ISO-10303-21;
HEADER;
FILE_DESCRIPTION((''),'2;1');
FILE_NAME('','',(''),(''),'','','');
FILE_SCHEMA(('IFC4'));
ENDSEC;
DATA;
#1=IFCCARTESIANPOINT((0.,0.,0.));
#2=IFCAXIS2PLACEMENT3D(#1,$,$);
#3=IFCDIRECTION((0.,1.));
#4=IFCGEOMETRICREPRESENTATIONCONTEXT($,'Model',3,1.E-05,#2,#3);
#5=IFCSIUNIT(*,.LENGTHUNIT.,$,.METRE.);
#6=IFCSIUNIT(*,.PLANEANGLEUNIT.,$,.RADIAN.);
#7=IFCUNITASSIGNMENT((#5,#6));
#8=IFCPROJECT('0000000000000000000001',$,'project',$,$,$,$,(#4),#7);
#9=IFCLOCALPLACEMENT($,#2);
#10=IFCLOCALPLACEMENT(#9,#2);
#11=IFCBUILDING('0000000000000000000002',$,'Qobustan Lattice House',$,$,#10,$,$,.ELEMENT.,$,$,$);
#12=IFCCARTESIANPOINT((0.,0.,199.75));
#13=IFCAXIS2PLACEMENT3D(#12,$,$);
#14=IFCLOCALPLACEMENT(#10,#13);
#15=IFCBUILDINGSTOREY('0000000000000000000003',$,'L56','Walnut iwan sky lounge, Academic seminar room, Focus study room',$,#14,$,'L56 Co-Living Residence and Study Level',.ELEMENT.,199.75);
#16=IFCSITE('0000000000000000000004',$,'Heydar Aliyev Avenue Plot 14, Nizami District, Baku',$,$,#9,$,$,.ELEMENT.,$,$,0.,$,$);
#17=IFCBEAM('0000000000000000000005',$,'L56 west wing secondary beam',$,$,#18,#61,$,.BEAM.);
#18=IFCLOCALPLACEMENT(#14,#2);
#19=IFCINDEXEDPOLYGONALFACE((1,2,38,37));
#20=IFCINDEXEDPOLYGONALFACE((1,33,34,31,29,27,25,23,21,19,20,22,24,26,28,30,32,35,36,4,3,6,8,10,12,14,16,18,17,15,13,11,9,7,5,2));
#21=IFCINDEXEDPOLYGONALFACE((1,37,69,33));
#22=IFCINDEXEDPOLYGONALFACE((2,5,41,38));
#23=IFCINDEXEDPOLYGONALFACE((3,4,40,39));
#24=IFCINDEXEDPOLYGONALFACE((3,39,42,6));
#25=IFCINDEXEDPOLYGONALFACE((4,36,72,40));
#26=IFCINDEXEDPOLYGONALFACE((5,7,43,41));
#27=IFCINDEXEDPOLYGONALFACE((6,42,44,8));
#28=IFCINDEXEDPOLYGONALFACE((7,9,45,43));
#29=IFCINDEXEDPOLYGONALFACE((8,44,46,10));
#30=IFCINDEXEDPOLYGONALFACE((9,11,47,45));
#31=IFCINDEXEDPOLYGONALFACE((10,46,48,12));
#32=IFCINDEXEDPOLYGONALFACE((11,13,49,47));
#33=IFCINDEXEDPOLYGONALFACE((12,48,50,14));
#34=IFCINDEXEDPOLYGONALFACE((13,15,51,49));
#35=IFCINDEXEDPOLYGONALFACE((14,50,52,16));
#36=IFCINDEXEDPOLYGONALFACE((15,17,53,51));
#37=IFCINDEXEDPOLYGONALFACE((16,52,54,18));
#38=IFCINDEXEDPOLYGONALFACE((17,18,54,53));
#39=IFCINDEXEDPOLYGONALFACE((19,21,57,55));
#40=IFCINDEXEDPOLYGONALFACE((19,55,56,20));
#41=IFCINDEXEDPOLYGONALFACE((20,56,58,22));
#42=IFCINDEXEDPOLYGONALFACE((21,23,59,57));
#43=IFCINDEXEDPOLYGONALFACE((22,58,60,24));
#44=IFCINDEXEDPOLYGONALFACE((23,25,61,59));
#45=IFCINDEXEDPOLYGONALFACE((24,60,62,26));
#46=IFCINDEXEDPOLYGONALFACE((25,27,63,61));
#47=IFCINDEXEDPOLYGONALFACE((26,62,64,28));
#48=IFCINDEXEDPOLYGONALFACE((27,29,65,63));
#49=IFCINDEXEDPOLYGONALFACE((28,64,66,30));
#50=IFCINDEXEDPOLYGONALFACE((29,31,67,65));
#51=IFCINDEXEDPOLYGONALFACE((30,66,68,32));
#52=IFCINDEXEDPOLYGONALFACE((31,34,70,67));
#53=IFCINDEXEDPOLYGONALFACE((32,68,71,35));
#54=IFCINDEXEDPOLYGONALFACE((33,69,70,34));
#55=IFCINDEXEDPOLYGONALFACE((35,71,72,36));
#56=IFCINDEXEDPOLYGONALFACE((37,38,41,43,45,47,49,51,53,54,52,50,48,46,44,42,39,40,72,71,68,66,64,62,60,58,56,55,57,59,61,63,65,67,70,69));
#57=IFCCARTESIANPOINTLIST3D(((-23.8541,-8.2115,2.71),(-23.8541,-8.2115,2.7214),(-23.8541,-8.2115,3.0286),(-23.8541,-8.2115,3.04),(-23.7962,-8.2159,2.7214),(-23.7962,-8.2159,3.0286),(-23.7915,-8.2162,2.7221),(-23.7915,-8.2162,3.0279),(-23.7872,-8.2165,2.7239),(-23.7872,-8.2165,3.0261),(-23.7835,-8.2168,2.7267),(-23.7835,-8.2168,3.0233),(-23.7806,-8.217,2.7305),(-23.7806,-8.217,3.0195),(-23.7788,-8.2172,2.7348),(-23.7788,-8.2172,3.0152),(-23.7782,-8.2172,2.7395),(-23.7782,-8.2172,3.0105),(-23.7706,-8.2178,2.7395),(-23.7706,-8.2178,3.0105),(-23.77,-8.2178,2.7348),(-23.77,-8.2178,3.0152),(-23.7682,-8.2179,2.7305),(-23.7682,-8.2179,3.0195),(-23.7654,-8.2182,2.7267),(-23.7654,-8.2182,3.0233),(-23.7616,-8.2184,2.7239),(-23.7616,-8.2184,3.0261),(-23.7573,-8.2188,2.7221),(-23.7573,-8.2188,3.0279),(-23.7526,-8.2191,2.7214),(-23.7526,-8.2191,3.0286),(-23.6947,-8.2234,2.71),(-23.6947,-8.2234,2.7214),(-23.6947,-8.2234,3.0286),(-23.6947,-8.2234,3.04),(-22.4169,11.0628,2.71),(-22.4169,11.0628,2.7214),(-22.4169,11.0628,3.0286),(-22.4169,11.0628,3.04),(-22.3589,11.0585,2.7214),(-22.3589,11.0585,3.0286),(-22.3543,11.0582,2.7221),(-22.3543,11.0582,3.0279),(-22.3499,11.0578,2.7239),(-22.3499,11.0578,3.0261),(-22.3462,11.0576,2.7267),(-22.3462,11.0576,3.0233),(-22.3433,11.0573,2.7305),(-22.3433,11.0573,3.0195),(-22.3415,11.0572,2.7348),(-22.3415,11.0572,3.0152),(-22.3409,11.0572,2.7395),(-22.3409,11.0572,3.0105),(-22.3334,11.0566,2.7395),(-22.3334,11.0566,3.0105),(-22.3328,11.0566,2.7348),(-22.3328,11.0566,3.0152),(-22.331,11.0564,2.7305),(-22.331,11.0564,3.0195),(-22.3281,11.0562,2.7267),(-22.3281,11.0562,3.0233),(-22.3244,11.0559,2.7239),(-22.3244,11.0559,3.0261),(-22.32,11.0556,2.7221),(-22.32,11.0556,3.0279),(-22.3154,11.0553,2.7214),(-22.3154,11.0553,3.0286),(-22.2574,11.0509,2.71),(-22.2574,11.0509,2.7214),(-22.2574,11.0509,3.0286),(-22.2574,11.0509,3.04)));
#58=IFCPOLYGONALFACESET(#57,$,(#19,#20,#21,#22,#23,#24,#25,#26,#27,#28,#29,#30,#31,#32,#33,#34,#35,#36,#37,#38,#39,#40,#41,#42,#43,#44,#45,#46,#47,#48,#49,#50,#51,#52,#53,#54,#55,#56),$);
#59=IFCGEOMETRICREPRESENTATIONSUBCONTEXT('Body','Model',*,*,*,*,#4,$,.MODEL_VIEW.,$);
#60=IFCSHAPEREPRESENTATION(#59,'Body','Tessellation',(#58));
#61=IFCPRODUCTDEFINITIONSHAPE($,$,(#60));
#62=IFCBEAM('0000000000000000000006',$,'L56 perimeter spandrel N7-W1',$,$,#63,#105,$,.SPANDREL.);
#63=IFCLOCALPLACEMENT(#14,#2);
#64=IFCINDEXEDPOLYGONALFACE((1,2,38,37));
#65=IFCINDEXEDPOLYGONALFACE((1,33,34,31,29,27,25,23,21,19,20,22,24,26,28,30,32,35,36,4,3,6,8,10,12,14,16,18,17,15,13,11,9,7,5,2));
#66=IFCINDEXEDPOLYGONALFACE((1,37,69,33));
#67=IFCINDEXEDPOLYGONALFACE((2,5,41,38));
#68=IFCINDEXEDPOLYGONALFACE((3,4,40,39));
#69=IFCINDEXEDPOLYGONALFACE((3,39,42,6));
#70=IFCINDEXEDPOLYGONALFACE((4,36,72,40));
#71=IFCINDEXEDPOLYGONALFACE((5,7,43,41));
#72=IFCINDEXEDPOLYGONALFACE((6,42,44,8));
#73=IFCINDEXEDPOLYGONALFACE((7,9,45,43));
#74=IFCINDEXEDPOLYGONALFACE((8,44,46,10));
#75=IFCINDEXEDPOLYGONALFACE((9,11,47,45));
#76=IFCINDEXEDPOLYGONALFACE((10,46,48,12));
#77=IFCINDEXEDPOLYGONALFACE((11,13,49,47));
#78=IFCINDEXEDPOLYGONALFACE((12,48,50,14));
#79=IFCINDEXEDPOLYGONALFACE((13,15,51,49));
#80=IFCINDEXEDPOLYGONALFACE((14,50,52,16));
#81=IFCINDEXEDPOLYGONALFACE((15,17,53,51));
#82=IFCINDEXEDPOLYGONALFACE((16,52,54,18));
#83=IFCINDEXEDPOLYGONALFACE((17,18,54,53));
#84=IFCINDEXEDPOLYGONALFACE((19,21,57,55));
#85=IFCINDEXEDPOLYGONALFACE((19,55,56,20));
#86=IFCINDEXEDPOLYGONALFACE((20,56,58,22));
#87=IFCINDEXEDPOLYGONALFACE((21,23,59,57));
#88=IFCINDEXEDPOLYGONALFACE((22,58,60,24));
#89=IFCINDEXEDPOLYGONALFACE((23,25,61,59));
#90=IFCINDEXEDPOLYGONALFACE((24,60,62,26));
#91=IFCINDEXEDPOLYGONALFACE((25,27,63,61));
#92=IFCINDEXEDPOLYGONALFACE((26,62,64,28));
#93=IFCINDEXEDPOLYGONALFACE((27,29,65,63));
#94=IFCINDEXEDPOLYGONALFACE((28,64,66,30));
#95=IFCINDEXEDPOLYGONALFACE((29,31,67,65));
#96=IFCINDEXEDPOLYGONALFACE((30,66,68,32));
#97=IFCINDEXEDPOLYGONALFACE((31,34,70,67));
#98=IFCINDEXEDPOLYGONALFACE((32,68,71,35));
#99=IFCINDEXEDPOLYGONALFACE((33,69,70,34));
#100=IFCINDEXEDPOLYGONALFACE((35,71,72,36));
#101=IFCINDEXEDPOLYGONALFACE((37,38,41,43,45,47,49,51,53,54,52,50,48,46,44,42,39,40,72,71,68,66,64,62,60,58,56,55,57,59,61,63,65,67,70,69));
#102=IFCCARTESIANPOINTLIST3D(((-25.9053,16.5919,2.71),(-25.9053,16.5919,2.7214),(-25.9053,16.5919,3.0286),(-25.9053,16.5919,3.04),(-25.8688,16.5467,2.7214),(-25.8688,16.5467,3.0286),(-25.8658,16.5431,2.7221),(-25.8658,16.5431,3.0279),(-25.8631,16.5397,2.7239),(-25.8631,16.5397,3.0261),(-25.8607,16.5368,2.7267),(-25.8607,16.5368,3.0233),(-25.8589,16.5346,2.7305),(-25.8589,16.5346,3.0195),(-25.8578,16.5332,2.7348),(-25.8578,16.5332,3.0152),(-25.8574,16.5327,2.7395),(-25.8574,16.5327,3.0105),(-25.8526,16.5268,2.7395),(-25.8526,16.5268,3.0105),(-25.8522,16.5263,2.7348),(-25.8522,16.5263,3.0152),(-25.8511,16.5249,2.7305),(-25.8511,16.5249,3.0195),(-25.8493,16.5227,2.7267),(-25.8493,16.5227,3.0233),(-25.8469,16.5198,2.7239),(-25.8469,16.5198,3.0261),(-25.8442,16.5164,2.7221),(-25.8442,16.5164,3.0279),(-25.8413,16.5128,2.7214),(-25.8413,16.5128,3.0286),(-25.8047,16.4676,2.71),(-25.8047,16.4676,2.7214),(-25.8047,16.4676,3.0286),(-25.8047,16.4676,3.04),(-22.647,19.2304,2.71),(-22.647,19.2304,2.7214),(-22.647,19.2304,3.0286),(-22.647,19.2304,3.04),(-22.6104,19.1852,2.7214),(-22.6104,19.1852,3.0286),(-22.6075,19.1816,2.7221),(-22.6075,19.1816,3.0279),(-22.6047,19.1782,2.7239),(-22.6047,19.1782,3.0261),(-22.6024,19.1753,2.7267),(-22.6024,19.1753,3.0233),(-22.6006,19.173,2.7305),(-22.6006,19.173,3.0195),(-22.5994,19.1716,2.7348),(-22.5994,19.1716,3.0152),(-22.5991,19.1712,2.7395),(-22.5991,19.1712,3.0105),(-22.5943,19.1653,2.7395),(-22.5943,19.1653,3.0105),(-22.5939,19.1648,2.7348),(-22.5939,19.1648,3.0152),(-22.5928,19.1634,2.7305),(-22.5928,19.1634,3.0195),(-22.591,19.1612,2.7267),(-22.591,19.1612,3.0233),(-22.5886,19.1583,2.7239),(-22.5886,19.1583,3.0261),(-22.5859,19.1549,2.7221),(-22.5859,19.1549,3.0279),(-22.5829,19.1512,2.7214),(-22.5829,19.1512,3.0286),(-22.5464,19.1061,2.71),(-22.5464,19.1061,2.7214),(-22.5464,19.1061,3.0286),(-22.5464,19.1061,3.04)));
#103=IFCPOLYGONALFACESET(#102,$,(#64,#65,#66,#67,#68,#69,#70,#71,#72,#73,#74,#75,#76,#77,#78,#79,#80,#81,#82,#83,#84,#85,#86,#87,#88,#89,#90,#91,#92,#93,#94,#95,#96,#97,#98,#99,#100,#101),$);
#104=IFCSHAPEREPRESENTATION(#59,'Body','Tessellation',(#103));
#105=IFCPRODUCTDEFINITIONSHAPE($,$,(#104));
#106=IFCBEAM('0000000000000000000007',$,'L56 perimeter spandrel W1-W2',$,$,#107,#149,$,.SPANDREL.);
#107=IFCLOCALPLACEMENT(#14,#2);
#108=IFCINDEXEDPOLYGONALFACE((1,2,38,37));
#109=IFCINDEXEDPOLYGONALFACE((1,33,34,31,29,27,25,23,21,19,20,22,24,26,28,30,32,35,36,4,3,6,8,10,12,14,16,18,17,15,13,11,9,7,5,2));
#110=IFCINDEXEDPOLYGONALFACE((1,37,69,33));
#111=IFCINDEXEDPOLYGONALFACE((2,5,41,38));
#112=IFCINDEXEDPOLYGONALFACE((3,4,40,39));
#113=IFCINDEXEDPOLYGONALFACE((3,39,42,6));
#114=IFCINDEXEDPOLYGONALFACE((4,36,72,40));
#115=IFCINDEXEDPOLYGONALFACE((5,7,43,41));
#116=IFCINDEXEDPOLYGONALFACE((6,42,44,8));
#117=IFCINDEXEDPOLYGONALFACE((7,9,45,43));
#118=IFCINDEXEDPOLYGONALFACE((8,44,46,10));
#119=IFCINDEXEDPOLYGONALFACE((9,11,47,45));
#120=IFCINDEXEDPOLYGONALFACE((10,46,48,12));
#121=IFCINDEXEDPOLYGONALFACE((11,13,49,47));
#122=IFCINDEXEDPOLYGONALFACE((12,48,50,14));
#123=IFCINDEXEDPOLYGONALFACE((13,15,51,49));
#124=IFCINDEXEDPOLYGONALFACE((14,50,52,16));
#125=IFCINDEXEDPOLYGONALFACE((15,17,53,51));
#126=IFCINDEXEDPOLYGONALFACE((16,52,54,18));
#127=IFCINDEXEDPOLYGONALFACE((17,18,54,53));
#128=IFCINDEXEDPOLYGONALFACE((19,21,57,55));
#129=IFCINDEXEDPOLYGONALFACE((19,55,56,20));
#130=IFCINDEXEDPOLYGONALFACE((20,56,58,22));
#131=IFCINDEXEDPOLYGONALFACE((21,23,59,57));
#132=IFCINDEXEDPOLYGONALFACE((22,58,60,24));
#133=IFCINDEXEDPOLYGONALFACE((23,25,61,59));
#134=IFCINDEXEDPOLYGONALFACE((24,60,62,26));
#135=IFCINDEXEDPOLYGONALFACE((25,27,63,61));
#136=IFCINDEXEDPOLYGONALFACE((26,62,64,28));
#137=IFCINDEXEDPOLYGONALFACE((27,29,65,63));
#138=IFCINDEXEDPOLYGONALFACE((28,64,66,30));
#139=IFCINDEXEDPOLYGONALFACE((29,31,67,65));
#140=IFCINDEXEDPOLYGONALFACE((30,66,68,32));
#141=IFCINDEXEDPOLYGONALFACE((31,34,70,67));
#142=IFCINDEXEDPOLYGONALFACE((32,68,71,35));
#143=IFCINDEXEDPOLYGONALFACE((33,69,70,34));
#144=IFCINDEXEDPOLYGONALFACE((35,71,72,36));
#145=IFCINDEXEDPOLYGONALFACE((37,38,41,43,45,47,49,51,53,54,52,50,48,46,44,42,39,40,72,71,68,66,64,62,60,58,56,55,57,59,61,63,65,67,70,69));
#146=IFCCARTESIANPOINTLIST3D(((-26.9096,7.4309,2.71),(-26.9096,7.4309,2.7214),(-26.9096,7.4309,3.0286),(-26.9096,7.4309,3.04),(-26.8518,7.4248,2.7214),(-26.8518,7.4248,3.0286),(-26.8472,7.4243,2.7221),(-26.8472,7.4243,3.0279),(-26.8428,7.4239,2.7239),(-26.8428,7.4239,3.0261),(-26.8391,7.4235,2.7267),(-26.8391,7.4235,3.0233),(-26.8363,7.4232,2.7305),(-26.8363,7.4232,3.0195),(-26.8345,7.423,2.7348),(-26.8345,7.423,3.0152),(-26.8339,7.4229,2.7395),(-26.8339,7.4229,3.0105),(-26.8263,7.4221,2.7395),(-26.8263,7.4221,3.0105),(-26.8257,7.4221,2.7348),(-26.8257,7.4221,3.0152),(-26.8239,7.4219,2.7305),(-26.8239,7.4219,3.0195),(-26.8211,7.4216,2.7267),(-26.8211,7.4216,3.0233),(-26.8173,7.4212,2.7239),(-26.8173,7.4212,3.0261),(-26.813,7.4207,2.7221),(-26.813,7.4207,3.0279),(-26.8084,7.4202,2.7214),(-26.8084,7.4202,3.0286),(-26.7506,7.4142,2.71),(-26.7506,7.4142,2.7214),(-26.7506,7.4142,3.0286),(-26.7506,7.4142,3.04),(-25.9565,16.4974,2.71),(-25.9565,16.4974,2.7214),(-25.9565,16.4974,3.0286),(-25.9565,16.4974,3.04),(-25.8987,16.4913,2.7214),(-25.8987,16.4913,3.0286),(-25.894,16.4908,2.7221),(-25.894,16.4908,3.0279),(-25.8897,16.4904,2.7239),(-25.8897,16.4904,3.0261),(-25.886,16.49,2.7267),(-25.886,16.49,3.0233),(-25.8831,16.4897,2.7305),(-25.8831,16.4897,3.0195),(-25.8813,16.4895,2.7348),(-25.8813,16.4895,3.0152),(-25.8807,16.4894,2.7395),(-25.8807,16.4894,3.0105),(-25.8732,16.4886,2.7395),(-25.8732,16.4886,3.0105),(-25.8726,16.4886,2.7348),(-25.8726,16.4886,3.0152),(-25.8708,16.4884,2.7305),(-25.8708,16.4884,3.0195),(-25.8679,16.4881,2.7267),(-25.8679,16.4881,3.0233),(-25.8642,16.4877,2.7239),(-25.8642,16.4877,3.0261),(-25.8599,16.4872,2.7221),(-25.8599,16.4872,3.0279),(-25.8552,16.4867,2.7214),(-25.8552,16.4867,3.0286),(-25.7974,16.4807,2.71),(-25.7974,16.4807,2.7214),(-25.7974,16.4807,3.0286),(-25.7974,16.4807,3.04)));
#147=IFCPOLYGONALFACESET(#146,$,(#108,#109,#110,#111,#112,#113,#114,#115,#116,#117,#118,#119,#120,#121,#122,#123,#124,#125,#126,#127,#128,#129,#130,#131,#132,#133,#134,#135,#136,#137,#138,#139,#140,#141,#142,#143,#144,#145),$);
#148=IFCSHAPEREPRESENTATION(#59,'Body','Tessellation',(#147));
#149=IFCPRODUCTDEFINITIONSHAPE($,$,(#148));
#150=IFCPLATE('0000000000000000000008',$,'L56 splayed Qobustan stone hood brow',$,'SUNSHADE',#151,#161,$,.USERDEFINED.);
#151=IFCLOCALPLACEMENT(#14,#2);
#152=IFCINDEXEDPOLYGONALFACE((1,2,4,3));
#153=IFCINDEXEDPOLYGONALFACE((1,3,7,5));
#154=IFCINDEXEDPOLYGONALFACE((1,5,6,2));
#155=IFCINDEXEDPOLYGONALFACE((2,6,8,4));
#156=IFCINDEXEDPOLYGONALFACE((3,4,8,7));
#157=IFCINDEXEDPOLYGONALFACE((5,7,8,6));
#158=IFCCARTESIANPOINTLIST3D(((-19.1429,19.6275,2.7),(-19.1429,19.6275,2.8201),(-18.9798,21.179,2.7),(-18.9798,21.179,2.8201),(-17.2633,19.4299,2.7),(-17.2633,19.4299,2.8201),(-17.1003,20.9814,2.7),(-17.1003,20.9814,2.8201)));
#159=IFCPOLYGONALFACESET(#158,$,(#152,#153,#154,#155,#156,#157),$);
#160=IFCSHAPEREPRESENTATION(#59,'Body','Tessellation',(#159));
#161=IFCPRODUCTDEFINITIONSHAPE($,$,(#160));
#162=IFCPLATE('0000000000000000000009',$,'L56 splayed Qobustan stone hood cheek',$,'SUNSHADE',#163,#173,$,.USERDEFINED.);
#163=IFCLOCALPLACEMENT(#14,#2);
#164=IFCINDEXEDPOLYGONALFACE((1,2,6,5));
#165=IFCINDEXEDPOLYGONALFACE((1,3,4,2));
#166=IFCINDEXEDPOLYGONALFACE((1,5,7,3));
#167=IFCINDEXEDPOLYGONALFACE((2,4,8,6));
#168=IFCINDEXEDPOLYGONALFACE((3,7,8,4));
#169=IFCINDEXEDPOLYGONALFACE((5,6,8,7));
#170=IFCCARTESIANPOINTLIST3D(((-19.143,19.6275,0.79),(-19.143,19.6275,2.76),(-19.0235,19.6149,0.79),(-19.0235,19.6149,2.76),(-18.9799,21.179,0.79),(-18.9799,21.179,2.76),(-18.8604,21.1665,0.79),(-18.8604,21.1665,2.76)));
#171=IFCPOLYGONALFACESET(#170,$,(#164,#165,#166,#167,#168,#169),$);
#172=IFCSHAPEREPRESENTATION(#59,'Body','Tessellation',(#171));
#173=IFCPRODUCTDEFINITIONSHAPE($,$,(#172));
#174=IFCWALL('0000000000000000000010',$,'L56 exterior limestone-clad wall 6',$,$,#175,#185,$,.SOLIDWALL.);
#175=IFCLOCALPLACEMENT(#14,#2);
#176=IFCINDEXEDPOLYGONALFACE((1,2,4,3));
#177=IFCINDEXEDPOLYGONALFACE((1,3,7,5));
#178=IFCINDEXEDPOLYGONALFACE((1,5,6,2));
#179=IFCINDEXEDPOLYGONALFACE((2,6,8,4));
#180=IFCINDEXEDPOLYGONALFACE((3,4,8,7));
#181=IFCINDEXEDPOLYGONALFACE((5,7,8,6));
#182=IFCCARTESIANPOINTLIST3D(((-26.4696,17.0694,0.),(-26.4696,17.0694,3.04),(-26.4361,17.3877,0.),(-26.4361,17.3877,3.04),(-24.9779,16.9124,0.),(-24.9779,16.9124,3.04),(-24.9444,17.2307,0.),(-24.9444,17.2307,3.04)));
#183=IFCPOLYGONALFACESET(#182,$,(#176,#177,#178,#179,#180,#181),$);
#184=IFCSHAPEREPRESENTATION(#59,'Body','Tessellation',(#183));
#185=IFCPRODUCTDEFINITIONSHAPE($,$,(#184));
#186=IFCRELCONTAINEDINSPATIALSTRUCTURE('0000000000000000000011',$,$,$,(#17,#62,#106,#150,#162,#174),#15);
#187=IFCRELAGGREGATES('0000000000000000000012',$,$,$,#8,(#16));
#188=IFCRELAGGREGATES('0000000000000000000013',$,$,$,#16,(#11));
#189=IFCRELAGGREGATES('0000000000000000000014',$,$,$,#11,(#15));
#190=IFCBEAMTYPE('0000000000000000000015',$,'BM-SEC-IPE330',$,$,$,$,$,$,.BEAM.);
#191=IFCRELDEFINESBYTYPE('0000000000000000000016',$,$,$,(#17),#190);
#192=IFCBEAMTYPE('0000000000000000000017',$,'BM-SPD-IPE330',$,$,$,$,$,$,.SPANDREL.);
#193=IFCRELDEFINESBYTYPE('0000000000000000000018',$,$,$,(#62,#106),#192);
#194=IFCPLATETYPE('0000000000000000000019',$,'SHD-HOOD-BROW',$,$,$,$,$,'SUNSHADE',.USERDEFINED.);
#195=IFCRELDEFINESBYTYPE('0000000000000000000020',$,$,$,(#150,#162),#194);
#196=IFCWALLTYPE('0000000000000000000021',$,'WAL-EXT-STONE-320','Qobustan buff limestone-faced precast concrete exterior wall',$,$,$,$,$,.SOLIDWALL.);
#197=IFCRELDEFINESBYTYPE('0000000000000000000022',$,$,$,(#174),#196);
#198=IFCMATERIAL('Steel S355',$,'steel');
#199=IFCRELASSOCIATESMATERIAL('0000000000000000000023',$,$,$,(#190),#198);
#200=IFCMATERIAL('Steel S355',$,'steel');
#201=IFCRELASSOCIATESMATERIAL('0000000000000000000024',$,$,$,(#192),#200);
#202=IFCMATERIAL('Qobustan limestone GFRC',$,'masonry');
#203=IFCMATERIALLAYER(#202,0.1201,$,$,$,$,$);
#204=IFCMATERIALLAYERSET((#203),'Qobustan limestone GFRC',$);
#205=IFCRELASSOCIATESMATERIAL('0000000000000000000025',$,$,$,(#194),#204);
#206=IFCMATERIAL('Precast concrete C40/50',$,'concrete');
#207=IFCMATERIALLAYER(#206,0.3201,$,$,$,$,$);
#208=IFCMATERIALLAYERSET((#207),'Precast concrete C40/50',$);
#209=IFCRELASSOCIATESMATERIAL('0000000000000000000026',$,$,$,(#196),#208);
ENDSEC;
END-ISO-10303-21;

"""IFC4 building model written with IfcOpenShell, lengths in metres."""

from ifc_helpers import new_model, si_unit, direction, frame, frame_2d, origin, origin_2d, place, context, subcontext, project, spatial, rectangle, i_section, extrude, material, layer, layer_set, material_profile, profile_set, type_object, element, save


model = new_model("IFC4")

# Units and contexts
model_context = context("Model", 3, precision=1e-05, world=origin(), true_north=direction((0.0, 1.0)))
body_context = subcontext(model_context, "Body", "Model", "MODEL_VIEW")
ifc_project = project(units=[si_unit("LENGTHUNIT", "METRE"), si_unit("PLANEANGLEUNIT", "RADIAN")], contexts=[model_context])

# Site, building, storey
site_placement = place(None, origin())
site = spatial("IfcSite", under=ifc_project, at=site_placement, Name="Heydar Aliyev Avenue Plot 14, Nizami District, Baku", CompositionType="ELEMENT", RefElevation=0.0)
building_placement = place(site_placement, origin())
building = spatial("IfcBuilding", under=site, at=building_placement, Name="Qobustan Lattice House", CompositionType="ELEMENT")
storey_placement = place(building_placement, frame((0.0, 0.0, 199.75)))
storey = spatial("IfcBuildingStorey", under=building, at=storey_placement, Name="L56", Description="Walnut iwan sky lounge, Academic seminar room, Focus study room", LongName="L56 Co-Living Residence and Study Level", CompositionType="ELEMENT", Elevation=199.75)

# Beams
ifc_material_1 = material(Name="Steel S355", Category="steel")
ifc_material_profile_1 = material_profile(ifc_material_1, i_section(OverallWidth=0.1599, OverallDepth=0.3301, WebThickness=0.0076, FlangeThickness=0.0115, FilletRadius=0.0181, at=origin_2d()), Name="IPE330")
ifc_profile_set_1 = profile_set([ifc_material_profile_1], Name="Steel S355")
beam_type_1 = type_object("IfcBeamType", Name="BM-SEC-IPE330", PredefinedType="BEAM", material=ifc_profile_set_1)
beam_1_placement = place(storey_placement, frame((-22.3372, 11.0569, 2.875), z_axis=(-0.074362, -0.997231, 0.0), x_axis=(0.997231, -0.074362, 0.0)))
element("IfcBeam", 1, at=beam_1_placement, inside=storey, type_object=beam_type_1, Name="L56 west wing secondary beam", PredefinedType="BEAM", context=body_context, shape_type="SweptSolid", body=[
    extrude(i_section(OverallWidth=0.1599, OverallDepth=0.3301, WebThickness=0.0076, FlangeThickness=0.0115, FilletRadius=0.0181, at=origin_2d()), origin(), (0.0, 0.0, 1.0), 19.3279),
])
ifc_material_2 = material(Name="Steel S355", Category="steel")
ifc_material_profile_2 = material_profile(ifc_material_2, i_section(OverallWidth=0.1599, OverallDepth=0.3301, WebThickness=0.0076, FlangeThickness=0.0115, FilletRadius=0.0181, at=origin_2d()), Name="IPE330")
ifc_profile_set_2 = profile_set([ifc_material_profile_2], Name="Steel S355")
beam_type_2 = type_object("IfcBeamType", Name="BM-SPD-IPE330", PredefinedType="SPANDREL", material=ifc_profile_set_2)
beam_2_placement = place(storey_placement, frame((-22.5967, 19.1682, 2.875), z_axis=(-0.777157, -0.629307, 0.0), x_axis=(0.629307, -0.777157, 0.0)))
element("IfcBeam", 2, at=beam_2_placement, inside=storey, type_object=beam_type_2, Name="L56 perimeter spandrel N7-W1", PredefinedType="SPANDREL", context=body_context, shape_type="SweptSolid", body=[
    extrude(i_section(OverallWidth=0.1599, OverallDepth=0.3301, WebThickness=0.0076, FlangeThickness=0.0115, FilletRadius=0.0181, at=origin_2d()), origin(), (0.0, 0.0, 1.0), 4.1926),
])
beam_3_placement = place(storey_placement, frame((-25.877, 16.489, 2.875), z_axis=(-0.104551, -0.99452, 0.0), x_axis=(0.99452, -0.104551, 0.0)))
element("IfcBeam", 3, at=beam_3_placement, inside=storey, type_object=beam_type_2, Name="L56 perimeter spandrel W1-W2", PredefinedType="SPANDREL", context=body_context, shape_type="SweptSolid", body=[
    extrude(i_section(OverallWidth=0.1599, OverallDepth=0.3301, WebThickness=0.0076, FlangeThickness=0.0115, FilletRadius=0.0181, at=origin_2d()), origin(), (0.0, 0.0, 1.0), 9.1165),
])

# Plates
ifc_material_3 = material(Name="Qobustan limestone GFRC", Category="masonry")
ifc_layer_1 = layer(ifc_material_3, 0.1201)
ifc_layer_set_1 = layer_set([ifc_layer_1], Name="Qobustan limestone GFRC")
plate_type = type_object("IfcPlateType", Name="SHD-HOOD-BROW", ElementType="SUNSHADE", PredefinedType="USERDEFINED", material=ifc_layer_set_1)
plate_1_placement = place(storey_placement, frame((-18.1216, 20.3044, 2.7), z_axis=(0.0, 0.0, 1.0), x_axis=(0.994522, -0.104528, 0.0)))
element("IfcPlate", 4, at=plate_1_placement, inside=storey, type_object=plate_type, Name="L56 splayed Qobustan stone hood brow", ObjectType="SUNSHADE", PredefinedType="USERDEFINED", context=body_context, shape_type="SweptSolid", body=[
    extrude(rectangle(XDim=1.8899, YDim=1.5601, at=origin_2d()), origin(), (0.0, 0.0, 1.0), 0.1201),
])
plate_2_placement = place(storey_placement, frame((-19.0017, 20.397, 0.79), z_axis=(0.0, 0.0, 1.0), x_axis=(0.994522, -0.104528, 0.0)))
element("IfcPlate", 5, at=plate_2_placement, inside=storey, type_object=plate_type, Name="L56 splayed Qobustan stone hood cheek", ObjectType="SUNSHADE", PredefinedType="USERDEFINED", context=body_context, shape_type="SweptSolid", body=[
    extrude(rectangle(XDim=0.1201, YDim=1.5601, at=origin_2d()), origin(), (0.0, 0.0, 1.0), 1.97),
])

# Wall
ifc_material_4 = material(Name="Precast concrete C40/50", Category="concrete")
ifc_layer_2 = layer(ifc_material_4, 0.3201)
ifc_layer_set_2 = layer_set([ifc_layer_2], Name="Precast concrete C40/50")
wall_type_1 = type_object("IfcWallType", Name="WAL-EXT-STONE-320", Description="Qobustan buff limestone-faced precast concrete exterior wall", PredefinedType="SOLIDWALL", material=ifc_layer_set_2)
wall_1_placement = place(storey_placement, frame((-26.4529, 17.2285, 0.0), z_axis=(0.0, 0.0, 1.0), x_axis=(0.994508, -0.104659, 0.0)))
element("IfcWall", 6, at=wall_1_placement, inside=storey, type_object=wall_type_1, Name="L56 exterior limestone-clad wall 6", PredefinedType="SOLIDWALL", context=body_context, shape_type="SweptSolid", body=[
    extrude(rectangle(XDim=1.5, YDim=0.3201, at=frame_2d((0.75, 0.0))), origin(), (0.0, 0.0, 1.0), 3.04),
])

save(model, "model.ifc")
